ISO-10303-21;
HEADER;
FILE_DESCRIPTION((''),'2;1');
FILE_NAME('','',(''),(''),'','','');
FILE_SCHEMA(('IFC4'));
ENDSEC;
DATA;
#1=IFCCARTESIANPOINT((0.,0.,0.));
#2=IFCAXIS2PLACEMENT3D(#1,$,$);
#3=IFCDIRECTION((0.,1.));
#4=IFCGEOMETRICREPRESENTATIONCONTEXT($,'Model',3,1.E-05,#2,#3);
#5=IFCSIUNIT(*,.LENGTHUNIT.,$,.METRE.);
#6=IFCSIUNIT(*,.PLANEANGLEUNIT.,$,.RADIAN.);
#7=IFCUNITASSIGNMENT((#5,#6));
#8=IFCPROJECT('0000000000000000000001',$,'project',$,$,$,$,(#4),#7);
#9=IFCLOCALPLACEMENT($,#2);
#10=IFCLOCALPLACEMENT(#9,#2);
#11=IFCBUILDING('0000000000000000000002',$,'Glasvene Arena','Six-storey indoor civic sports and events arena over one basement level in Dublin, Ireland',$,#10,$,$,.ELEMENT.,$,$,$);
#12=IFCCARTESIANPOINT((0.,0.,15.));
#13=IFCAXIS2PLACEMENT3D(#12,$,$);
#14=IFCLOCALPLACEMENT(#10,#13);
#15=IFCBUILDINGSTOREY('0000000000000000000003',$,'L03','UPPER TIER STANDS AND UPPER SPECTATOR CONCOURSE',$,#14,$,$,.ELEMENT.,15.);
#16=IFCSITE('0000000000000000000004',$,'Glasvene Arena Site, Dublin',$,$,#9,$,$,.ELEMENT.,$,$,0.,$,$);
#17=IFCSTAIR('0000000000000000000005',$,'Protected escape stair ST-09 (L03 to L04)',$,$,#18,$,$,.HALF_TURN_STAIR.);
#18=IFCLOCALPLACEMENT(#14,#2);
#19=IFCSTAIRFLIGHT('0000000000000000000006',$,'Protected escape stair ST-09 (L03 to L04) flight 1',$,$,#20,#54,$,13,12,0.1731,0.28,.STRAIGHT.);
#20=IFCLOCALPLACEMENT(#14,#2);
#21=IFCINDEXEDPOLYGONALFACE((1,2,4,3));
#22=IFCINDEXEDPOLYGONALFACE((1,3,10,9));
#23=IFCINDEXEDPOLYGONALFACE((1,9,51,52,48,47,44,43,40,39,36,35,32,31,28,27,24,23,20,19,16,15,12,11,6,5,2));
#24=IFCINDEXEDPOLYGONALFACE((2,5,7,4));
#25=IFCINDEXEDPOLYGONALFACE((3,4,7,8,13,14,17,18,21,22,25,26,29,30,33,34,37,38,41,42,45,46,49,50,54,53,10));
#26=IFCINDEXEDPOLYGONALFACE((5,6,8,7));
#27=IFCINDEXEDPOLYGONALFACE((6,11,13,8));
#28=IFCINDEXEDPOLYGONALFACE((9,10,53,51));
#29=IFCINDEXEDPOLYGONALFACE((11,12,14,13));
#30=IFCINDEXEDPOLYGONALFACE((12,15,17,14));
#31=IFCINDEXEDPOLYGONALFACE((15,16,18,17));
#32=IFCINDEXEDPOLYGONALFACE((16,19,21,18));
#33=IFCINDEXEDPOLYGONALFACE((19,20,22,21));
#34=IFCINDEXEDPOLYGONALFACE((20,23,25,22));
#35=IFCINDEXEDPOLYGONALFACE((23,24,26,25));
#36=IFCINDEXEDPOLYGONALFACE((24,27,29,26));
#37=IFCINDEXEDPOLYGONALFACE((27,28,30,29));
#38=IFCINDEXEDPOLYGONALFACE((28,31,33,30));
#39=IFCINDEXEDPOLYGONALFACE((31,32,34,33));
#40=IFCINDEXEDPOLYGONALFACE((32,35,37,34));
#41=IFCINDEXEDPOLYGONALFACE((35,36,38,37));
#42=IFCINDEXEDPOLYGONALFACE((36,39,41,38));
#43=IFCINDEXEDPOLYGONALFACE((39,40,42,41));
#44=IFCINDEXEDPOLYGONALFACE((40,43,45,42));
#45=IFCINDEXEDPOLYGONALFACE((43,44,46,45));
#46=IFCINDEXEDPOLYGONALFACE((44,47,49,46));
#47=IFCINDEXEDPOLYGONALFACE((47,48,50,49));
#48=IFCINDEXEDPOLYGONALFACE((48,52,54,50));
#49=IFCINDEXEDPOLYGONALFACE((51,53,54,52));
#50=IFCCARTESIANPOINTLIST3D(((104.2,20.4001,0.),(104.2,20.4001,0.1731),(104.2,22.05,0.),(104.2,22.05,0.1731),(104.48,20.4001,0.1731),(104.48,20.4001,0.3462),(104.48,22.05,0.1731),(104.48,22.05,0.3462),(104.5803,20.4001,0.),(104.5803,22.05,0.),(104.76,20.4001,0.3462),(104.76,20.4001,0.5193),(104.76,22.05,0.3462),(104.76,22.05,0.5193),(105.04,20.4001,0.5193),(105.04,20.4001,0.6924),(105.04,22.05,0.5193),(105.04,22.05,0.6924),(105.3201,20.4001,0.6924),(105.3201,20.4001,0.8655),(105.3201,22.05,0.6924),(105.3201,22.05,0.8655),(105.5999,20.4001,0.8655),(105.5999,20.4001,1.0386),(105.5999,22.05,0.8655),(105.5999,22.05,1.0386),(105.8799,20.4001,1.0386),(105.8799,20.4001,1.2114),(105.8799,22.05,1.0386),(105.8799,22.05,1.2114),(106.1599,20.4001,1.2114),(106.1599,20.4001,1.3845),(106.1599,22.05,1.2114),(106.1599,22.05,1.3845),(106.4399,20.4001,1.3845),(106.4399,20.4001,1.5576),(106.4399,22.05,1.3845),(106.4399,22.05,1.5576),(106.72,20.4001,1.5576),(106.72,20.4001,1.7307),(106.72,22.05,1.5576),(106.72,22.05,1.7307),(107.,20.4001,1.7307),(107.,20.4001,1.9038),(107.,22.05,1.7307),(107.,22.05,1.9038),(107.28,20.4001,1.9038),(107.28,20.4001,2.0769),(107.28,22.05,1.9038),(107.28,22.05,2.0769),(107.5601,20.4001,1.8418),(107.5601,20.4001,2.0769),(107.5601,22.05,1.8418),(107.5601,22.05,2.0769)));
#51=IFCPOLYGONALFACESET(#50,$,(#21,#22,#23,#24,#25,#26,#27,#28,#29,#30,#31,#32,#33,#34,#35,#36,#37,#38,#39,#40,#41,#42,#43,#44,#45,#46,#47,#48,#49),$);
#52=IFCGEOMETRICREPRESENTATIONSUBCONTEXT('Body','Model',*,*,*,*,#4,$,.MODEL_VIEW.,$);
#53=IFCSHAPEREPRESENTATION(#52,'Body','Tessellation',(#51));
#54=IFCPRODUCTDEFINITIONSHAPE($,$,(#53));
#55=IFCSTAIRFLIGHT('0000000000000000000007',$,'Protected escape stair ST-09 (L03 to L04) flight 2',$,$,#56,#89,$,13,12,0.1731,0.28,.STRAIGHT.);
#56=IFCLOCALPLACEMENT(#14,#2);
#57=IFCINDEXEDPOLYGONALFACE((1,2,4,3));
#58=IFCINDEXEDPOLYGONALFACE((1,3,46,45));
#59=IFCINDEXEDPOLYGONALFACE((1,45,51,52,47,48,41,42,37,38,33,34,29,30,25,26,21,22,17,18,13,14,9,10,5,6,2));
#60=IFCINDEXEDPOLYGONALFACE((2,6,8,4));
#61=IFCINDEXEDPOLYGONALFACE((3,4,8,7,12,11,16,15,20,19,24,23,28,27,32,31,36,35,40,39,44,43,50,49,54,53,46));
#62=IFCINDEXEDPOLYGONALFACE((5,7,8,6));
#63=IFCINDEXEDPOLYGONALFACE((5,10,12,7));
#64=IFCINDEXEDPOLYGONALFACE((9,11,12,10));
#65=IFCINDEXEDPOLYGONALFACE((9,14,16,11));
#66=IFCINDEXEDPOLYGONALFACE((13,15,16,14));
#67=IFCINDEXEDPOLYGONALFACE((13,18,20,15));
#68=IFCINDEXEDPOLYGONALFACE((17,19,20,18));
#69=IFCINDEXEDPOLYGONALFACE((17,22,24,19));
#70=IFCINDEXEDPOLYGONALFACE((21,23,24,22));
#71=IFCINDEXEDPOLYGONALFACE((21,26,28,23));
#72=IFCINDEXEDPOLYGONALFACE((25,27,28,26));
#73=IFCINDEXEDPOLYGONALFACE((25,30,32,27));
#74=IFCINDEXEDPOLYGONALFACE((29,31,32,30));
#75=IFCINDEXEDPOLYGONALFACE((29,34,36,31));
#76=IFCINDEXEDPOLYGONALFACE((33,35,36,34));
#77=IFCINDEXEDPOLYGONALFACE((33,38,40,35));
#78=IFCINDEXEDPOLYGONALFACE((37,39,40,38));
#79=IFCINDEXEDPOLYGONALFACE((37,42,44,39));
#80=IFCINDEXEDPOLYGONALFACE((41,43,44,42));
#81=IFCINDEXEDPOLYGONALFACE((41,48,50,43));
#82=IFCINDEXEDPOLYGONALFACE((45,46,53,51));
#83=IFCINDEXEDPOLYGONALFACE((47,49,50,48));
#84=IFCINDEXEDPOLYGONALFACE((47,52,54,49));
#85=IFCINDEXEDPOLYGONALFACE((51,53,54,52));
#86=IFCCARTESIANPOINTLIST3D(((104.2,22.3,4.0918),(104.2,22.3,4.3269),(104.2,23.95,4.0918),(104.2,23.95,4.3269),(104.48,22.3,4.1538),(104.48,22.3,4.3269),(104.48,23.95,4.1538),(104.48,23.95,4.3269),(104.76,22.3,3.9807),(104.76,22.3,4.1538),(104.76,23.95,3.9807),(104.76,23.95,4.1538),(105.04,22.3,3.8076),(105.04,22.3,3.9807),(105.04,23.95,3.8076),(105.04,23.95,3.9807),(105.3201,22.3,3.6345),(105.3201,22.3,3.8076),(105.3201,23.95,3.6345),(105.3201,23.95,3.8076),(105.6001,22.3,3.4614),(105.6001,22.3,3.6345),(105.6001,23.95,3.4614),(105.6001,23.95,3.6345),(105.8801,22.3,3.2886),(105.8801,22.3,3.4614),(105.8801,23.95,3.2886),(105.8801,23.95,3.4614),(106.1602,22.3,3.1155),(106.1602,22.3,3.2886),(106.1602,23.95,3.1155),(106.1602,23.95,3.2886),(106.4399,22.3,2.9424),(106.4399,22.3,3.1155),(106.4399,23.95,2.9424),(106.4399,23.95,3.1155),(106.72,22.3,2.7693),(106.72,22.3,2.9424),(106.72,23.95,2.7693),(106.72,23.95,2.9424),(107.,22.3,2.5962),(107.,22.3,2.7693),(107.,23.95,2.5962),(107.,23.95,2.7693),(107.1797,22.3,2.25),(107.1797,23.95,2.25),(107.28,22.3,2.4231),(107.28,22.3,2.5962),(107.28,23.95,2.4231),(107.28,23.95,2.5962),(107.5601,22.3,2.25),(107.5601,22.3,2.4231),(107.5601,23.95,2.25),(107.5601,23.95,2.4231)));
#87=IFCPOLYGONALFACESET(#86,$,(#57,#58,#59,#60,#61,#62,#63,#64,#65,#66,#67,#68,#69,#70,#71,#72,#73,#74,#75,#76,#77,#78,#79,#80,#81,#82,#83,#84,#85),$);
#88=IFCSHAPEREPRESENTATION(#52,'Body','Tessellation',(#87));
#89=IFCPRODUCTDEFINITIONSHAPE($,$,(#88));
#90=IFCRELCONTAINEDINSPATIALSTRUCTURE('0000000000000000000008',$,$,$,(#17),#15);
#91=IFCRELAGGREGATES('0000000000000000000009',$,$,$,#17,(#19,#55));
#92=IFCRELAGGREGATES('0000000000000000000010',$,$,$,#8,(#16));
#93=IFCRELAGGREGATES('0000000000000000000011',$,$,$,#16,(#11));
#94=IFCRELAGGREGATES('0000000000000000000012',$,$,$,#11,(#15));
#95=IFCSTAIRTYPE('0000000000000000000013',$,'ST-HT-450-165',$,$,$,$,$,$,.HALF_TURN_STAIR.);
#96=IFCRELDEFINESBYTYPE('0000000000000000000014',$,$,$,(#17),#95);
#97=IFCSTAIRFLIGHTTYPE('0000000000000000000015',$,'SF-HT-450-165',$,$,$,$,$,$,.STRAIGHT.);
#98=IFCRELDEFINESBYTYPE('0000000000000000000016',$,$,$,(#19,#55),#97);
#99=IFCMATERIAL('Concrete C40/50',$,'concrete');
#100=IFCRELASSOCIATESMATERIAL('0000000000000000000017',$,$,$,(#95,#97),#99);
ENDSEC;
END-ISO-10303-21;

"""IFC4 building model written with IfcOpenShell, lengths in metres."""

from ifc_helpers import new_model, si_unit, direction, frame, origin, place, context, subcontext, project, spatial, polyline, outline, extrude, material, type_object, element, aggregate, save


model = new_model("IFC4")

# Units and contexts
model_context = context("Model", 3, precision=1e-05, world=origin(), true_north=direction((0.0, 1.0)))
body_context = subcontext(model_context, "Body", "Model", "MODEL_VIEW")
ifc_project = project(units=[si_unit("LENGTHUNIT", "METRE"), si_unit("PLANEANGLEUNIT", "RADIAN")], contexts=[model_context])

# Site, building, storey
site_placement = place(None, origin())
site = spatial("IfcSite", under=ifc_project, at=site_placement, Name="Glasvene Arena Site, Dublin", CompositionType="ELEMENT", RefElevation=0.0)
building_placement = place(site_placement, origin())
building = spatial("IfcBuilding", under=site, at=building_placement, Name="Glasvene Arena", Description="Six-storey indoor civic sports and events arena over one basement level in Dublin, Ireland", CompositionType="ELEMENT")
storey_placement = place(building_placement, frame((0.0, 0.0, 15.0)))
storey = spatial("IfcBuildingStorey", under=building, at=storey_placement, Name="L03", Description="UPPER TIER STANDS AND UPPER SPECTATOR CONCOURSE", CompositionType="ELEMENT", Elevation=15.0)

# Stair
ifc_material_1 = material(Name="Concrete C40/50", Category="concrete")
stair_type = type_object("IfcStairType", Name="ST-HT-450-165", PredefinedType="HALF_TURN_STAIR", material=ifc_material_1)
stair_placement = place(storey_placement, origin())
stair = element("IfcStair", 1, at=stair_placement, inside=storey, type_object=stair_type, Name="Protected escape stair ST-09 (L03 to L04)", PredefinedType="HALF_TURN_STAIR")

# Stair flights
stair_flight_type = type_object("IfcStairFlightType", Name="SF-HT-450-165", PredefinedType="STRAIGHT", material=ifc_material_1)
stair_flight_1_placement = place(storey_placement, frame((104.2, 21.2251, 0.0), z_axis=(0.0, 0.0, 1.0), x_axis=(1.0, 0.0, 0.0)))
stair_flight_1 = element("IfcStairFlight", 2, at=stair_flight_1_placement, type_object=stair_flight_type, Name="Protected escape stair ST-09 (L03 to L04) flight 1", NumberOfRisers=13, NumberOfTreads=12, PredefinedType="STRAIGHT", RiserHeight=0.1731, TreadLength=0.28, context=body_context, shape_type="SweptSolid", body=[
    extrude(outline(polyline([(0.0, 0.0), (0.0, 0.1731), (0.28, 0.1731), (0.28, 0.3462), (0.5601, 0.3462), (0.5601, 0.5193), (0.8401, 0.5193), (0.8401, 0.6924), (1.1201, 0.6924), (1.1201, 0.8655), (1.3999, 0.8655), (1.3999, 1.0386), (1.6799, 1.0386), (1.6799, 1.2114), (1.96, 1.2114), (1.96, 1.3845), (2.24, 1.3845), (2.24, 1.5576), (2.52, 1.5576), (2.52, 1.7307), (2.8, 1.7307), (2.8, 1.9038), (3.0801, 1.9038), (3.0801, 2.0769), (3.3601, 2.0769), (3.3601, 2.25), (3.3601, 1.8418), (0.3804, 0.0), (0.0, 0.0)])), frame((0.0, 0.825, 0.0), z_axis=(0.0, -1.0, 0.0), x_axis=(1.0, 0.0, 0.0)), (0.0, 0.0, 1.0), 1.6499),
])
stair_flight_2_placement = place(storey_placement, frame((107.5601, 23.125, 2.25), z_axis=(0.0, 0.0, 1.0), x_axis=(-1.0, 0.0, 0.0)))
stair_flight_2 = element("IfcStairFlight", 3, at=stair_flight_2_placement, type_object=stair_flight_type, Name="Protected escape stair ST-09 (L03 to L04) flight 2", NumberOfRisers=13, NumberOfTreads=12, PredefinedType="STRAIGHT", RiserHeight=0.1731, TreadLength=0.28, context=body_context, shape_type="SweptSolid", body=[
    extrude(outline(polyline([(0.0, 0.0), (0.0, 0.1731), (0.28, 0.1731), (0.28, 0.3462), (0.5601, 0.3462), (0.5601, 0.5193), (0.8401, 0.5193), (0.8401, 0.6924), (1.1201, 0.6924), (1.1201, 0.8655), (1.3999, 0.8655), (1.3999, 1.0386), (1.6799, 1.0386), (1.6799, 1.2114), (1.96, 1.2114), (1.96, 1.3845), (2.24, 1.3845), (2.24, 1.5576), (2.52, 1.5576), (2.52, 1.7307), (2.8, 1.7307), (2.8, 1.9038), (3.0801, 1.9038), (3.0801, 2.0769), (3.3601, 2.0769), (3.3601, 2.25), (3.3601, 1.8418), (0.3804, 0.0), (0.0, 0.0)])), frame((0.0, 0.825, 0.0), z_axis=(0.0, -1.0, 0.0), x_axis=(1.0, 0.0, 0.0)), (0.0, 0.0, 1.0), 1.6499),
])
aggregate(stair, [stair_flight_1, stair_flight_2])

save(model, "model.ifc")
